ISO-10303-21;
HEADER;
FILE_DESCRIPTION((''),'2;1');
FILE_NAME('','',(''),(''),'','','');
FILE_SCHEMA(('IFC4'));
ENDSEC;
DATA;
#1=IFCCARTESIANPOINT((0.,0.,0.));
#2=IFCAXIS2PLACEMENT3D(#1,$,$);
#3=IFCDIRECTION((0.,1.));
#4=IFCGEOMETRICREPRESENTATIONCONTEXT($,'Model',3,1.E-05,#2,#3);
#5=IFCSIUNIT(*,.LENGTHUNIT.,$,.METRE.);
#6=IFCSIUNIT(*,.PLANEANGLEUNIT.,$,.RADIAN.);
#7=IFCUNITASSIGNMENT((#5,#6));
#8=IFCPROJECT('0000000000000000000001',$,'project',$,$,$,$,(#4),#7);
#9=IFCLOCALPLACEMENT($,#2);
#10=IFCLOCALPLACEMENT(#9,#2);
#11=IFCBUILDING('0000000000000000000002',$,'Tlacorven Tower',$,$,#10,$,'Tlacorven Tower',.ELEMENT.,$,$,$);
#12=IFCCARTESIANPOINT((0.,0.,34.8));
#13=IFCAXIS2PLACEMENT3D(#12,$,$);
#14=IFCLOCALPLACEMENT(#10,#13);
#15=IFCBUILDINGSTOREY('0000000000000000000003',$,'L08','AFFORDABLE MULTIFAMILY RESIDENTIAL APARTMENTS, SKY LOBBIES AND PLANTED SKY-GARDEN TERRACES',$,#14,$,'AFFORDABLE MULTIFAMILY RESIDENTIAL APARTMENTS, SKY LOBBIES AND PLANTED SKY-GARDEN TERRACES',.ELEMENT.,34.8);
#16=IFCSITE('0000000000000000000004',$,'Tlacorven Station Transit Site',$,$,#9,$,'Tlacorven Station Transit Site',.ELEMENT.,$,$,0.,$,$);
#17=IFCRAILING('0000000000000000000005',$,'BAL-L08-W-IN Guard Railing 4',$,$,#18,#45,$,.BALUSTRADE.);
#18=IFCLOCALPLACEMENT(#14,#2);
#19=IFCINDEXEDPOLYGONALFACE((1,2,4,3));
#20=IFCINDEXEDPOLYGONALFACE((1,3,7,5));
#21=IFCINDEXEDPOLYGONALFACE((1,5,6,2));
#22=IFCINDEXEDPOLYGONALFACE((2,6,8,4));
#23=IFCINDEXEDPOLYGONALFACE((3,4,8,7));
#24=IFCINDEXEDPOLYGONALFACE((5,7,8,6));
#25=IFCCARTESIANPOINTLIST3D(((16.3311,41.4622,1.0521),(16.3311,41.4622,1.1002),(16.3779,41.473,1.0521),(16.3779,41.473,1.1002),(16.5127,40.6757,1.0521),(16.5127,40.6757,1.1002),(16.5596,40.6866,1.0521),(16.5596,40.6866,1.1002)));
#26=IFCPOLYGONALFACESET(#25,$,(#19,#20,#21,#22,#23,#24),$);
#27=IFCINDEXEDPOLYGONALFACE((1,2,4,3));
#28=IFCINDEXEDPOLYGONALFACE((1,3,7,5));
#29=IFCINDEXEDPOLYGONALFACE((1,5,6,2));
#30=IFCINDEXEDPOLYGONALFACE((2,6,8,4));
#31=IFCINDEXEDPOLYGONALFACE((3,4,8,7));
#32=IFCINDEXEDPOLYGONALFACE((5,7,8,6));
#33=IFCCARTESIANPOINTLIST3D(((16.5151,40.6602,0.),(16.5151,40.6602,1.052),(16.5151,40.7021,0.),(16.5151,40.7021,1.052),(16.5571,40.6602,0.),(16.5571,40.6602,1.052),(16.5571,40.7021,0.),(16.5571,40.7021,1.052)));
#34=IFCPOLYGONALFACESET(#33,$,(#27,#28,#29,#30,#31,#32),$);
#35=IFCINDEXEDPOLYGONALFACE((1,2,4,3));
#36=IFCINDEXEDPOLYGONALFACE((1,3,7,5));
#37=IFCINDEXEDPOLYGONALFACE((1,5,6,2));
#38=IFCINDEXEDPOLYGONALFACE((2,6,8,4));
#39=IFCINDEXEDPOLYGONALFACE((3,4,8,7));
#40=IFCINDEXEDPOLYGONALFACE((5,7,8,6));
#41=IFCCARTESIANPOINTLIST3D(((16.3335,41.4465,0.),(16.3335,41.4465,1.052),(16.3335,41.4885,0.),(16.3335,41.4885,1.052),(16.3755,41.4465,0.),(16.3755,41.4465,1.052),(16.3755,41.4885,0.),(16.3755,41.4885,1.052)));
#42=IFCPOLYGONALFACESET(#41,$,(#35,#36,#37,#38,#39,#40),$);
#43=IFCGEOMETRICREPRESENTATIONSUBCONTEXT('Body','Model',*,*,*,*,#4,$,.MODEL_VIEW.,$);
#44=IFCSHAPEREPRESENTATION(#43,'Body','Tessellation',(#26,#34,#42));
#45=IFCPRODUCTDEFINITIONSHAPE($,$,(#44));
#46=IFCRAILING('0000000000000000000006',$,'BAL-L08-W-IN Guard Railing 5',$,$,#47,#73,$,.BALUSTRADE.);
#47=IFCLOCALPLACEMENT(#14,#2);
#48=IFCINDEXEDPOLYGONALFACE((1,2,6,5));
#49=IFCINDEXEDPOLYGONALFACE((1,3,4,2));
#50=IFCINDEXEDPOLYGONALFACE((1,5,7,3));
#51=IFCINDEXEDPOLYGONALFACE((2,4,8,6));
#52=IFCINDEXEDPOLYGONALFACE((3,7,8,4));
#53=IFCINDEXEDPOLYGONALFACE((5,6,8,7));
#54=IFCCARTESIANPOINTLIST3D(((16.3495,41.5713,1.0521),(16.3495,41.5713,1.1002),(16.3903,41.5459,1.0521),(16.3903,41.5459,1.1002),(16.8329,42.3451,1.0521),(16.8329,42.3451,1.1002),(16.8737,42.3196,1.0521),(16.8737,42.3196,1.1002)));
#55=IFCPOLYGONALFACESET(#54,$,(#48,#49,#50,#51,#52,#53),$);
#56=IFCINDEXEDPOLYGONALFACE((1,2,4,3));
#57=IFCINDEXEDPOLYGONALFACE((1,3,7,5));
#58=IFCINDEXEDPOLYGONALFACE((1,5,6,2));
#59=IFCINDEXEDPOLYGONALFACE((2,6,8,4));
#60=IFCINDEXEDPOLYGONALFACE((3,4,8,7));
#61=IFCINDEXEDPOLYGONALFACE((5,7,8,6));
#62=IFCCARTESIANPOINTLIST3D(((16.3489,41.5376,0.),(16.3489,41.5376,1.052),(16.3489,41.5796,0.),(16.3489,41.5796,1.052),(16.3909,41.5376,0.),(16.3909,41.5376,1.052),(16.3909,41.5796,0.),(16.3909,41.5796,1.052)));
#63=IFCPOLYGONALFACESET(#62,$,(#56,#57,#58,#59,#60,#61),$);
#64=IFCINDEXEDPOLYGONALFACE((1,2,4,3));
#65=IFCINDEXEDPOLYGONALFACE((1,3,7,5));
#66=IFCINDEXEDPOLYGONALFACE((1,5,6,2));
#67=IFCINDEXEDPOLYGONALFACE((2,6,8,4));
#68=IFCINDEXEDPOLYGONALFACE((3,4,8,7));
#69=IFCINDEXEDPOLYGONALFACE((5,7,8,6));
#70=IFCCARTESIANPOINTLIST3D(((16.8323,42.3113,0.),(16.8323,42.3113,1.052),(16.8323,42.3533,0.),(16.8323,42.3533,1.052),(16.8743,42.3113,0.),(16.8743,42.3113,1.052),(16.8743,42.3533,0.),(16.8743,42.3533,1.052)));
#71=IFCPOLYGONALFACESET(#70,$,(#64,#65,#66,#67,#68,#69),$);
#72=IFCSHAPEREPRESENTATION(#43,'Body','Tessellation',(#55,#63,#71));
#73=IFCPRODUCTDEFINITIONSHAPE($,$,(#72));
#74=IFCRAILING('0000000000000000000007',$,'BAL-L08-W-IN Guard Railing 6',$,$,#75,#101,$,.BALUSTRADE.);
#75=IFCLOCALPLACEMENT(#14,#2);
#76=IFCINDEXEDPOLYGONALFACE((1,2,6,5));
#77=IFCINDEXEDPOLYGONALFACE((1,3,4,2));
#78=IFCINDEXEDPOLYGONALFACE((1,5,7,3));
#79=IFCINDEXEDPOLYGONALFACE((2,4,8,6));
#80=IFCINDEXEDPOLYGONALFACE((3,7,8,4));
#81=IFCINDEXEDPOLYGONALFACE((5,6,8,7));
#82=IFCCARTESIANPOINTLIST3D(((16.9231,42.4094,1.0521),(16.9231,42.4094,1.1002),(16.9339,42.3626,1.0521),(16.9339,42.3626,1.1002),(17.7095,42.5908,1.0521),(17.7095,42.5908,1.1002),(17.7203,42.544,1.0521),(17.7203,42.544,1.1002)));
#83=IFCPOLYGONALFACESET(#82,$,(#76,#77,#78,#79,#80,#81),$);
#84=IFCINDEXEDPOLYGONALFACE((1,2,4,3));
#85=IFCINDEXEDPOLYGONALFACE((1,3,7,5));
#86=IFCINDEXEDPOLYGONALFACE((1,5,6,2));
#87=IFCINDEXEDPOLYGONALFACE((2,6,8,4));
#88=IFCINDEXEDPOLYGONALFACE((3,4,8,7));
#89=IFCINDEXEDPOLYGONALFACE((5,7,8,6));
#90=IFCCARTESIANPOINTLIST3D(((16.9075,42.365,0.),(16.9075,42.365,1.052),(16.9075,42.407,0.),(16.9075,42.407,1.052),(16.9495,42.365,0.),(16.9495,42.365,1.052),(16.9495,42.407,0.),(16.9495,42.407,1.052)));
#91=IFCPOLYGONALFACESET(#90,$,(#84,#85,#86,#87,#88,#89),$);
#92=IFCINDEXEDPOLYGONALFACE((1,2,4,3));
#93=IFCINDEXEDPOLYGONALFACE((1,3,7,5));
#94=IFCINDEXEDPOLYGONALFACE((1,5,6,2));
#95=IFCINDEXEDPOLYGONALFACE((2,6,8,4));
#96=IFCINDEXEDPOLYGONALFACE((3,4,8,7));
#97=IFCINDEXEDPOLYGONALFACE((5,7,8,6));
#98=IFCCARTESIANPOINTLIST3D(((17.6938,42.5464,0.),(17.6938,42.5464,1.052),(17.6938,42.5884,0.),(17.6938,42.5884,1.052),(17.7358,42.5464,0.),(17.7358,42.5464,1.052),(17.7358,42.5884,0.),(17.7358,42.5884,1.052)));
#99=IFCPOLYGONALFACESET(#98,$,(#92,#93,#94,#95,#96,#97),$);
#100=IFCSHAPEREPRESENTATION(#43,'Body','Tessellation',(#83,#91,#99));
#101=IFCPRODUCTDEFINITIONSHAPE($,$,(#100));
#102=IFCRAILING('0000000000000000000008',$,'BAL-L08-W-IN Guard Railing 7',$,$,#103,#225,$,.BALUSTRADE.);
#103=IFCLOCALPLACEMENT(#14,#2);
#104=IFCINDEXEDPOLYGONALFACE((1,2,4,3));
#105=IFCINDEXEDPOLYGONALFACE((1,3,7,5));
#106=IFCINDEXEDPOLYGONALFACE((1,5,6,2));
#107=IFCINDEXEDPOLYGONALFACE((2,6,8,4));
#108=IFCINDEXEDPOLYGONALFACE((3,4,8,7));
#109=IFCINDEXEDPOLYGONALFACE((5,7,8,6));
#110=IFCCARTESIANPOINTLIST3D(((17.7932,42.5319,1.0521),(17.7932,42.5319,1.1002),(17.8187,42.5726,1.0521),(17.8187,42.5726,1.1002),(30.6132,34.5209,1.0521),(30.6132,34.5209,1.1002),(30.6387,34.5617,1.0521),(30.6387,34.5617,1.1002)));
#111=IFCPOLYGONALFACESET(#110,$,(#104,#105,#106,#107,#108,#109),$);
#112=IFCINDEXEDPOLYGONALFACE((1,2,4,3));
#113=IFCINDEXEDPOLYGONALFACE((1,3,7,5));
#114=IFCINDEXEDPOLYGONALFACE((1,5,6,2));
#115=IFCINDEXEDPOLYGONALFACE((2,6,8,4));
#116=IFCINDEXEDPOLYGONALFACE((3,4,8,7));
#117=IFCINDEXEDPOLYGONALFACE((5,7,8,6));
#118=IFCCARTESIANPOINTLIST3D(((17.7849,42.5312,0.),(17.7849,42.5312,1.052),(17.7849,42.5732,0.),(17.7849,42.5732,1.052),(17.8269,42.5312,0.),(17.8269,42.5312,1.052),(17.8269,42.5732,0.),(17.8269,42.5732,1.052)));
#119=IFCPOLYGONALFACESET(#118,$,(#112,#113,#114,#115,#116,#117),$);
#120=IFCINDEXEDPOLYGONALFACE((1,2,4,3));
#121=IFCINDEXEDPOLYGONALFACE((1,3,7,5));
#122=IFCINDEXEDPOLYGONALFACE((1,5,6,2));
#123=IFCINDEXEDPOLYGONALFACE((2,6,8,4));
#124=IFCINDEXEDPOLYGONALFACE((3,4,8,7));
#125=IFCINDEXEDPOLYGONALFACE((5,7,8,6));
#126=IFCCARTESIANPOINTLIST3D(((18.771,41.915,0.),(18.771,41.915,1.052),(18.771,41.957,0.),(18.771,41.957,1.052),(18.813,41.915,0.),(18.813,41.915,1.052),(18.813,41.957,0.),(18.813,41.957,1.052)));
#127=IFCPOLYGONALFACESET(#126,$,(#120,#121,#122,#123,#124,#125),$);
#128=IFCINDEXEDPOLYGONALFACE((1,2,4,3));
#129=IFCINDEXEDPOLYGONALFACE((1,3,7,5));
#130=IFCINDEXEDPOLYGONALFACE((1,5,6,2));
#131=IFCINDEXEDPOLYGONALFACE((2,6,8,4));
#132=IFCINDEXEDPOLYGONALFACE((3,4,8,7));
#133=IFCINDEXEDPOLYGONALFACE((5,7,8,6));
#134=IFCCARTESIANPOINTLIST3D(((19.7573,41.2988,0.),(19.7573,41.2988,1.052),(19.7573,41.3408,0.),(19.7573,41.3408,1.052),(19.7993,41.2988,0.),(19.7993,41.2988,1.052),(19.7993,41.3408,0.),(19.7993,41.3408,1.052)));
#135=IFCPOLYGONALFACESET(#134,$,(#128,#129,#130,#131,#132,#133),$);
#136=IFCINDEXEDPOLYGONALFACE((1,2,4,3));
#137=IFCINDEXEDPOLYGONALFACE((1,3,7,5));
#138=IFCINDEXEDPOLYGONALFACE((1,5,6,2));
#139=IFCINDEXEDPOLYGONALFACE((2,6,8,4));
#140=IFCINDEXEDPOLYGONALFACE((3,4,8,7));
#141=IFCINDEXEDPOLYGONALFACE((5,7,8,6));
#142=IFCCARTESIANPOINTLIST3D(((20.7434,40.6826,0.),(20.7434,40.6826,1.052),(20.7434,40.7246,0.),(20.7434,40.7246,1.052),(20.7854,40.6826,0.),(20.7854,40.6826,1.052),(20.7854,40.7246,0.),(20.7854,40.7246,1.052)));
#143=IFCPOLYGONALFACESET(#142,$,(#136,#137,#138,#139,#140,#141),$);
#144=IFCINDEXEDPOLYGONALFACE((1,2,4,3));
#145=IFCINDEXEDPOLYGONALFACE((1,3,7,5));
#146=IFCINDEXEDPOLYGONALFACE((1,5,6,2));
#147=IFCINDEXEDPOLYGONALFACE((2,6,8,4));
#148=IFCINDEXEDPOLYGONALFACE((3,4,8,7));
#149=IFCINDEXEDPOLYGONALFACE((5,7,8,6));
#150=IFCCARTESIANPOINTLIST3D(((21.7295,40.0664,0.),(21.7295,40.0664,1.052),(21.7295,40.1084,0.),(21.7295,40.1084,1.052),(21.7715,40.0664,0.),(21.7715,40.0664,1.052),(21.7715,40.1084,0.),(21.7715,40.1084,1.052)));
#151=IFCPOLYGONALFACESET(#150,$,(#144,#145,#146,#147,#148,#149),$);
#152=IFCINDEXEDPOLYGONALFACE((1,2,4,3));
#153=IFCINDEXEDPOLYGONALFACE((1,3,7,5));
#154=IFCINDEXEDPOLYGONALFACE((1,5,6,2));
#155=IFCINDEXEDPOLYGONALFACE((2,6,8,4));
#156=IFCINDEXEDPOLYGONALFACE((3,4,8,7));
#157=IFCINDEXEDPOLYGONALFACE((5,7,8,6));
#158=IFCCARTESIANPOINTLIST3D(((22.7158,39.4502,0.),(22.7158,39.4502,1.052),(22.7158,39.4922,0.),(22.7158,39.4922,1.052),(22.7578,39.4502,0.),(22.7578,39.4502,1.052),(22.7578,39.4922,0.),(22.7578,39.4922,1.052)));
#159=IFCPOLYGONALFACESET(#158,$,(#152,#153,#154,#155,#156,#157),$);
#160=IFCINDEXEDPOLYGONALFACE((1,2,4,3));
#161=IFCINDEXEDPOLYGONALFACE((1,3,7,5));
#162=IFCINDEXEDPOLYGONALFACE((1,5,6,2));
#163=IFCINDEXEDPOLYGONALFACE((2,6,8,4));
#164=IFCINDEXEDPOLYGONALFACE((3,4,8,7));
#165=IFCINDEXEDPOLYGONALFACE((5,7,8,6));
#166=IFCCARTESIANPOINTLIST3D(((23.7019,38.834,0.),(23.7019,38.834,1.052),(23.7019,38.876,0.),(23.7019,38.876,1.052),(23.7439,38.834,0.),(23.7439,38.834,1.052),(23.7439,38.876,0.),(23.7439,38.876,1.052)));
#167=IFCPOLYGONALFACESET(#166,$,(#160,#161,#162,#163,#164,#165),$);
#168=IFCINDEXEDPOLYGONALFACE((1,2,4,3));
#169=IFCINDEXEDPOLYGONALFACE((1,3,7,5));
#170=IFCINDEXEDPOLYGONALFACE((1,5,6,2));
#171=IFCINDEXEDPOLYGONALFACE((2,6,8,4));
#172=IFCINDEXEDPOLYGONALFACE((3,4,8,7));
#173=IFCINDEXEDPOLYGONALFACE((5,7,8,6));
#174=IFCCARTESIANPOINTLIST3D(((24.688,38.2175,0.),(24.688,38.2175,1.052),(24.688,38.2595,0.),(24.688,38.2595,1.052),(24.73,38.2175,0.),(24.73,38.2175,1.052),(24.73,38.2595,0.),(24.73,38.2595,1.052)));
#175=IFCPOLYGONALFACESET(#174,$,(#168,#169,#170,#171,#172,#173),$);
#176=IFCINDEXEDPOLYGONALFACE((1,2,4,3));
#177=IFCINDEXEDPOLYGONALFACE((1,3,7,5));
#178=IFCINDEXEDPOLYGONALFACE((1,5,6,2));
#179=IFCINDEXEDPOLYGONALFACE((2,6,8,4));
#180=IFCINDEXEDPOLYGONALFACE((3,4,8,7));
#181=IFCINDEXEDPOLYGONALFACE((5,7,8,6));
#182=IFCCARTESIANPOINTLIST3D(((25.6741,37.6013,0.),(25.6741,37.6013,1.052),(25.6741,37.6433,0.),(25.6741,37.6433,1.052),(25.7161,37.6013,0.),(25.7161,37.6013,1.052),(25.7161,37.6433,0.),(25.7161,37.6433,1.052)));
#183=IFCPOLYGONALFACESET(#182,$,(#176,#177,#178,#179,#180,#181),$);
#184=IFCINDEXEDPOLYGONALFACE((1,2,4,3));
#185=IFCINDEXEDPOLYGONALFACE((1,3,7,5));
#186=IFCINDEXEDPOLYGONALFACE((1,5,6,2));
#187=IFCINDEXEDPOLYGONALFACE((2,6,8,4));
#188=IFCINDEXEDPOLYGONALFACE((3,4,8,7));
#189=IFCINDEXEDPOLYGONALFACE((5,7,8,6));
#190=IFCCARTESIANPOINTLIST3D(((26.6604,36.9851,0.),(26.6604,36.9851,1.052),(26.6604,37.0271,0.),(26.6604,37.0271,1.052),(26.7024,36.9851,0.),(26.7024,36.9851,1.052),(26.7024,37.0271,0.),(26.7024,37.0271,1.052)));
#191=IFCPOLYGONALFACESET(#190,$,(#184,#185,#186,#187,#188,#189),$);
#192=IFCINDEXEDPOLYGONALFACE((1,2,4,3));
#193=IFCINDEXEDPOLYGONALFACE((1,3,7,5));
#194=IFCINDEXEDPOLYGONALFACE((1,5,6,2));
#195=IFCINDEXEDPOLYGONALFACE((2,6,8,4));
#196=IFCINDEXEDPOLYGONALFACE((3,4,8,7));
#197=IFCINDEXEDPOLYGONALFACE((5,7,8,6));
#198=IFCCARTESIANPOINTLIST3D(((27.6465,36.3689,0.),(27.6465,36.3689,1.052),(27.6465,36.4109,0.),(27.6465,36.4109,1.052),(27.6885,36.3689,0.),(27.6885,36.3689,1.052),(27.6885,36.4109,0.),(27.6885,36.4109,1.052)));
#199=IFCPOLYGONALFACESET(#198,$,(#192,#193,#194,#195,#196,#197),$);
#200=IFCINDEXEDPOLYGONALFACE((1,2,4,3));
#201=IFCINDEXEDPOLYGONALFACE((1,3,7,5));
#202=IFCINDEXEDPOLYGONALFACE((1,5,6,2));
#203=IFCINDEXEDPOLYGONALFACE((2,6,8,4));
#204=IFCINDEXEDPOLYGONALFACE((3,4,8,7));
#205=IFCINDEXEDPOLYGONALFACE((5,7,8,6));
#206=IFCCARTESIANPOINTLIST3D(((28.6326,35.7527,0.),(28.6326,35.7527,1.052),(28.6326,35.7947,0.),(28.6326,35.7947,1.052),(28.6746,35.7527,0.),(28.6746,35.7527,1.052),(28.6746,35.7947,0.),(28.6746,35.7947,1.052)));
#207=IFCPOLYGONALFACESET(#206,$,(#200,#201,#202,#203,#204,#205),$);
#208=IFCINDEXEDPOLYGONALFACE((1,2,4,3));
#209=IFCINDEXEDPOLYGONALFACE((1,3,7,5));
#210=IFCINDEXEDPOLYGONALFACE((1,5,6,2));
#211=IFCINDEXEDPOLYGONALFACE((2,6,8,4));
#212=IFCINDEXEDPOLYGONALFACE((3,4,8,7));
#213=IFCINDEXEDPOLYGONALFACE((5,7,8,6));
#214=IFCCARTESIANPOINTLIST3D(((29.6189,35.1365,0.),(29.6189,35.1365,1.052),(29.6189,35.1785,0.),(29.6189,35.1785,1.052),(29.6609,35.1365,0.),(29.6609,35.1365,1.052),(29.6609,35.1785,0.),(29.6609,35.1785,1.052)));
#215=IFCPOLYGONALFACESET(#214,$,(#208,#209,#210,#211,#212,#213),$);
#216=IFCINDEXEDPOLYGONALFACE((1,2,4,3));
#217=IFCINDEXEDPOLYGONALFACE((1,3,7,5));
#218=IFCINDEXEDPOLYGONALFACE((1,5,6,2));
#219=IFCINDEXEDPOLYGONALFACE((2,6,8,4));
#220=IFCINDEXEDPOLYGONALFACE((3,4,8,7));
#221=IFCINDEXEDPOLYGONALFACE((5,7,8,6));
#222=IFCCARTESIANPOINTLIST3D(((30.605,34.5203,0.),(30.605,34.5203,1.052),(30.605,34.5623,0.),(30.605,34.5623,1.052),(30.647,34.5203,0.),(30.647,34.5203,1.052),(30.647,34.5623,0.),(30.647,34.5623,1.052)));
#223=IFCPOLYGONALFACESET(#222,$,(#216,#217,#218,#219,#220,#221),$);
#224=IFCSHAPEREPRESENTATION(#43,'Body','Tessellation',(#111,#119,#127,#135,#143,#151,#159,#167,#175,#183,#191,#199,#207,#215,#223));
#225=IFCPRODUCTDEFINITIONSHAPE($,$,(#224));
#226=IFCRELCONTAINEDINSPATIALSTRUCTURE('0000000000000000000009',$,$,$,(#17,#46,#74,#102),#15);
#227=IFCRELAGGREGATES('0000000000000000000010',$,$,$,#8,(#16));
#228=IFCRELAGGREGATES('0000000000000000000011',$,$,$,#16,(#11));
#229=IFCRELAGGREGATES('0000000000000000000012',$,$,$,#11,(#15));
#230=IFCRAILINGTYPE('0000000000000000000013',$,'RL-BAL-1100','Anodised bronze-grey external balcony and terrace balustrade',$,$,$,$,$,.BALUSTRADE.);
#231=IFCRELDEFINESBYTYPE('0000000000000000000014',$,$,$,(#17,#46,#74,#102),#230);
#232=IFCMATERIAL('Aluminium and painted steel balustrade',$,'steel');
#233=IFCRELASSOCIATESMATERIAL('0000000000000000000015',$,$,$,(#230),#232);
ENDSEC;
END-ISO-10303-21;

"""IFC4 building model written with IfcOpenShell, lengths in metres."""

from ifc_helpers import new_model, si_unit, direction, frame, origin, origin_2d, place, context, subcontext, project, spatial, rectangle, extrude, source, transform, mapped, material, type_object, element, save


model = new_model("IFC4")

# Units and contexts
model_context = context("Model", 3, precision=1e-05, world=origin(), true_north=direction((0.0, 1.0)))
body_context = subcontext(model_context, "Body", "Model", "MODEL_VIEW")
ifc_project = project(units=[si_unit("LENGTHUNIT", "METRE"), si_unit("PLANEANGLEUNIT", "RADIAN")], contexts=[model_context])

# Site, building, storey
site_placement = place(None, origin())
site = spatial("IfcSite", under=ifc_project, at=site_placement, Name="Tlacorven Station Transit Site", LongName="Tlacorven Station Transit Site", CompositionType="ELEMENT", RefElevation=0.0)
building_placement = place(site_placement, origin())
building = spatial("IfcBuilding", under=site, at=building_placement, Name="Tlacorven Tower", LongName="Tlacorven Tower", CompositionType="ELEMENT")
storey_placement = place(building_placement, frame((0.0, 0.0, 34.8)))
storey = spatial("IfcBuildingStorey", under=building, at=storey_placement, Name="L08", Description="AFFORDABLE MULTIFAMILY RESIDENTIAL APARTMENTS, SKY LOBBIES AND PLANTED SKY-GARDEN TERRACES", LongName="AFFORDABLE MULTIFAMILY RESIDENTIAL APARTMENTS, SKY LOBBIES AND PLANTED SKY-GARDEN TERRACES", CompositionType="ELEMENT", Elevation=34.8)

# Railings
ifc_material_1 = material(Name="Aluminium and painted steel balustrade", Category="steel")
railing_type = type_object("IfcRailingType", Name="RL-BAL-1100", Description="Anodised bronze-grey external balcony and terrace balustrade", PredefinedType="BALUSTRADE", material=ifc_material_1)
shared_shape_1 = source(origin(), body_context, "Body", "SweptSolid", [
    extrude(rectangle(XDim=0.0481, YDim=0.0481, at=origin_2d()), frame((0.0, 0.0, 1.0762), z_axis=(-0.225058, 0.974345, 0.0), x_axis=(-0.974345, -0.225058, 0.0)), (0.0, 0.0, 1.0), 0.8071),
    extrude(rectangle(XDim=0.042, YDim=0.042, at=origin_2d()), origin(), (0.0, 0.0, 1.0), 1.052),
    extrude(rectangle(XDim=0.042, YDim=0.042, at=origin_2d()), frame((-0.1816, 0.7864, 0.0)), (0.0, 0.0, 1.0), 1.052),
])
railing_1_placement = place(storey_placement, frame((16.5361, 40.6812, 0.0)))
element("IfcRailing", 1, at=railing_1_placement, inside=storey, type_object=railing_type, Name="BAL-L08-W-IN Guard Railing 4", PredefinedType="BALUSTRADE", context=body_context, shape_type="MappedRepresentation", body=[
    mapped(shared_shape_1, transform((0.0, 0.0, 0.0), scale=1.0)),
])
shared_shape_2 = source(origin(), body_context, "Body", "SweptSolid", [
    extrude(rectangle(XDim=0.0481, YDim=0.0481, at=origin_2d()), frame((0.0, 0.0, 1.0762), z_axis=(0.529879, 0.848073, 0.0), x_axis=(-0.848073, 0.529879, 0.0)), (0.0, 0.0, 1.0), 0.9124),
    extrude(rectangle(XDim=0.042, YDim=0.042, at=origin_2d()), origin(), (0.0, 0.0, 1.0), 1.052),
    extrude(rectangle(XDim=0.042, YDim=0.042, at=origin_2d()), frame((0.4834, 0.7737, 0.0)), (0.0, 0.0, 1.0), 1.052),
])
railing_2_placement = place(storey_placement, frame((16.3699, 41.5586, 0.0)))
element("IfcRailing", 2, at=railing_2_placement, inside=storey, type_object=railing_type, Name="BAL-L08-W-IN Guard Railing 5", PredefinedType="BALUSTRADE", context=body_context, shape_type="MappedRepresentation", body=[
    mapped(shared_shape_2, transform((0.0, 0.0, 0.0), scale=1.0)),
])
shared_shape_3 = source(origin(), body_context, "Body", "SweptSolid", [
    extrude(rectangle(XDim=0.0481, YDim=0.0481, at=origin_2d()), frame((0.0, 0.0, 1.0762), z_axis=(0.974412, 0.224771, 0.0), x_axis=(-0.224771, 0.974412, 0.0)), (0.0, 0.0, 1.0), 0.8071),
    extrude(rectangle(XDim=0.042, YDim=0.042, at=origin_2d()), origin(), (0.0, 0.0, 1.0), 1.052),
    extrude(rectangle(XDim=0.042, YDim=0.042, at=origin_2d()), frame((0.7864, 0.1814, 0.0)), (0.0, 0.0, 1.0), 1.052),
])
railing_3_placement = place(storey_placement, frame((16.9285, 42.386, 0.0)))
element("IfcRailing", 3, at=railing_3_placement, inside=storey, type_object=railing_type, Name="BAL-L08-W-IN Guard Railing 6", PredefinedType="BALUSTRADE", context=body_context, shape_type="MappedRepresentation", body=[
    mapped(shared_shape_3, transform((0.0, 0.0, 0.0), scale=1.0)),
])
shared_shape_4 = source(origin(), body_context, "Body", "SweptSolid", [
    extrude(rectangle(XDim=0.0481, YDim=0.0481, at=origin_2d()), frame((0.0, 0.0, 1.0762), z_axis=(0.848045, -0.529925, 0.0), x_axis=(0.529925, 0.848045, 0.0)), (0.0, 0.0, 1.0), 15.1172),
    extrude(rectangle(XDim=0.042, YDim=0.042, at=origin_2d()), origin(), (0.0, 0.0, 1.0), 1.052),
    extrude(rectangle(XDim=0.042, YDim=0.042, at=origin_2d()), frame((0.9861, -0.6162, 0.0)), (0.0, 0.0, 1.0), 1.052),
    extrude(rectangle(XDim=0.042, YDim=0.042, at=origin_2d()), frame((1.9724, -1.2324, 0.0)), (0.0, 0.0, 1.0), 1.052),
    extrude(rectangle(XDim=0.042, YDim=0.042, at=origin_2d()), frame((2.9585, -1.8486, 0.0)), (0.0, 0.0, 1.0), 1.052),
    extrude(rectangle(XDim=0.042, YDim=0.042, at=origin_2d()), frame((3.9446, -2.4648, 0.0)), (0.0, 0.0, 1.0), 1.052),
    extrude(rectangle(XDim=0.042, YDim=0.042, at=origin_2d()), frame((4.9309, -3.0811, 0.0)), (0.0, 0.0, 1.0), 1.052),
    extrude(rectangle(XDim=0.042, YDim=0.042, at=origin_2d()), frame((5.917, -3.6973, 0.0)), (0.0, 0.0, 1.0), 1.052),
    extrude(rectangle(XDim=0.042, YDim=0.042, at=origin_2d()), frame((6.9031, -4.3137, 0.0)), (0.0, 0.0, 1.0), 1.052),
    extrude(rectangle(XDim=0.042, YDim=0.042, at=origin_2d()), frame((7.8892, -4.9299, 0.0)), (0.0, 0.0, 1.0), 1.052),
    extrude(rectangle(XDim=0.042, YDim=0.042, at=origin_2d()), frame((8.8755, -5.5461, 0.0)), (0.0, 0.0, 1.0), 1.052),
    extrude(rectangle(XDim=0.042, YDim=0.042, at=origin_2d()), frame((9.8616, -6.1624, 0.0)), (0.0, 0.0, 1.0), 1.052),
    extrude(rectangle(XDim=0.042, YDim=0.042, at=origin_2d()), frame((10.8477, -6.7786, 0.0)), (0.0, 0.0, 1.0), 1.052),
    extrude(rectangle(XDim=0.042, YDim=0.042, at=origin_2d()), frame((11.834, -7.3948, 0.0)), (0.0, 0.0, 1.0), 1.052),
    extrude(rectangle(XDim=0.042, YDim=0.042, at=origin_2d()), frame((12.8201, -8.011, 0.0)), (0.0, 0.0, 1.0), 1.052),
])
railing_4_placement = place(storey_placement, frame((17.8059, 42.5522, 0.0)))
element("IfcRailing", 4, at=railing_4_placement, inside=storey, type_object=railing_type, Name="BAL-L08-W-IN Guard Railing 7", PredefinedType="BALUSTRADE", context=body_context, shape_type="MappedRepresentation", body=[
    mapped(shared_shape_4, transform((0.0, 0.0, 0.0), scale=1.0)),
])

save(model, "model.ifc")
